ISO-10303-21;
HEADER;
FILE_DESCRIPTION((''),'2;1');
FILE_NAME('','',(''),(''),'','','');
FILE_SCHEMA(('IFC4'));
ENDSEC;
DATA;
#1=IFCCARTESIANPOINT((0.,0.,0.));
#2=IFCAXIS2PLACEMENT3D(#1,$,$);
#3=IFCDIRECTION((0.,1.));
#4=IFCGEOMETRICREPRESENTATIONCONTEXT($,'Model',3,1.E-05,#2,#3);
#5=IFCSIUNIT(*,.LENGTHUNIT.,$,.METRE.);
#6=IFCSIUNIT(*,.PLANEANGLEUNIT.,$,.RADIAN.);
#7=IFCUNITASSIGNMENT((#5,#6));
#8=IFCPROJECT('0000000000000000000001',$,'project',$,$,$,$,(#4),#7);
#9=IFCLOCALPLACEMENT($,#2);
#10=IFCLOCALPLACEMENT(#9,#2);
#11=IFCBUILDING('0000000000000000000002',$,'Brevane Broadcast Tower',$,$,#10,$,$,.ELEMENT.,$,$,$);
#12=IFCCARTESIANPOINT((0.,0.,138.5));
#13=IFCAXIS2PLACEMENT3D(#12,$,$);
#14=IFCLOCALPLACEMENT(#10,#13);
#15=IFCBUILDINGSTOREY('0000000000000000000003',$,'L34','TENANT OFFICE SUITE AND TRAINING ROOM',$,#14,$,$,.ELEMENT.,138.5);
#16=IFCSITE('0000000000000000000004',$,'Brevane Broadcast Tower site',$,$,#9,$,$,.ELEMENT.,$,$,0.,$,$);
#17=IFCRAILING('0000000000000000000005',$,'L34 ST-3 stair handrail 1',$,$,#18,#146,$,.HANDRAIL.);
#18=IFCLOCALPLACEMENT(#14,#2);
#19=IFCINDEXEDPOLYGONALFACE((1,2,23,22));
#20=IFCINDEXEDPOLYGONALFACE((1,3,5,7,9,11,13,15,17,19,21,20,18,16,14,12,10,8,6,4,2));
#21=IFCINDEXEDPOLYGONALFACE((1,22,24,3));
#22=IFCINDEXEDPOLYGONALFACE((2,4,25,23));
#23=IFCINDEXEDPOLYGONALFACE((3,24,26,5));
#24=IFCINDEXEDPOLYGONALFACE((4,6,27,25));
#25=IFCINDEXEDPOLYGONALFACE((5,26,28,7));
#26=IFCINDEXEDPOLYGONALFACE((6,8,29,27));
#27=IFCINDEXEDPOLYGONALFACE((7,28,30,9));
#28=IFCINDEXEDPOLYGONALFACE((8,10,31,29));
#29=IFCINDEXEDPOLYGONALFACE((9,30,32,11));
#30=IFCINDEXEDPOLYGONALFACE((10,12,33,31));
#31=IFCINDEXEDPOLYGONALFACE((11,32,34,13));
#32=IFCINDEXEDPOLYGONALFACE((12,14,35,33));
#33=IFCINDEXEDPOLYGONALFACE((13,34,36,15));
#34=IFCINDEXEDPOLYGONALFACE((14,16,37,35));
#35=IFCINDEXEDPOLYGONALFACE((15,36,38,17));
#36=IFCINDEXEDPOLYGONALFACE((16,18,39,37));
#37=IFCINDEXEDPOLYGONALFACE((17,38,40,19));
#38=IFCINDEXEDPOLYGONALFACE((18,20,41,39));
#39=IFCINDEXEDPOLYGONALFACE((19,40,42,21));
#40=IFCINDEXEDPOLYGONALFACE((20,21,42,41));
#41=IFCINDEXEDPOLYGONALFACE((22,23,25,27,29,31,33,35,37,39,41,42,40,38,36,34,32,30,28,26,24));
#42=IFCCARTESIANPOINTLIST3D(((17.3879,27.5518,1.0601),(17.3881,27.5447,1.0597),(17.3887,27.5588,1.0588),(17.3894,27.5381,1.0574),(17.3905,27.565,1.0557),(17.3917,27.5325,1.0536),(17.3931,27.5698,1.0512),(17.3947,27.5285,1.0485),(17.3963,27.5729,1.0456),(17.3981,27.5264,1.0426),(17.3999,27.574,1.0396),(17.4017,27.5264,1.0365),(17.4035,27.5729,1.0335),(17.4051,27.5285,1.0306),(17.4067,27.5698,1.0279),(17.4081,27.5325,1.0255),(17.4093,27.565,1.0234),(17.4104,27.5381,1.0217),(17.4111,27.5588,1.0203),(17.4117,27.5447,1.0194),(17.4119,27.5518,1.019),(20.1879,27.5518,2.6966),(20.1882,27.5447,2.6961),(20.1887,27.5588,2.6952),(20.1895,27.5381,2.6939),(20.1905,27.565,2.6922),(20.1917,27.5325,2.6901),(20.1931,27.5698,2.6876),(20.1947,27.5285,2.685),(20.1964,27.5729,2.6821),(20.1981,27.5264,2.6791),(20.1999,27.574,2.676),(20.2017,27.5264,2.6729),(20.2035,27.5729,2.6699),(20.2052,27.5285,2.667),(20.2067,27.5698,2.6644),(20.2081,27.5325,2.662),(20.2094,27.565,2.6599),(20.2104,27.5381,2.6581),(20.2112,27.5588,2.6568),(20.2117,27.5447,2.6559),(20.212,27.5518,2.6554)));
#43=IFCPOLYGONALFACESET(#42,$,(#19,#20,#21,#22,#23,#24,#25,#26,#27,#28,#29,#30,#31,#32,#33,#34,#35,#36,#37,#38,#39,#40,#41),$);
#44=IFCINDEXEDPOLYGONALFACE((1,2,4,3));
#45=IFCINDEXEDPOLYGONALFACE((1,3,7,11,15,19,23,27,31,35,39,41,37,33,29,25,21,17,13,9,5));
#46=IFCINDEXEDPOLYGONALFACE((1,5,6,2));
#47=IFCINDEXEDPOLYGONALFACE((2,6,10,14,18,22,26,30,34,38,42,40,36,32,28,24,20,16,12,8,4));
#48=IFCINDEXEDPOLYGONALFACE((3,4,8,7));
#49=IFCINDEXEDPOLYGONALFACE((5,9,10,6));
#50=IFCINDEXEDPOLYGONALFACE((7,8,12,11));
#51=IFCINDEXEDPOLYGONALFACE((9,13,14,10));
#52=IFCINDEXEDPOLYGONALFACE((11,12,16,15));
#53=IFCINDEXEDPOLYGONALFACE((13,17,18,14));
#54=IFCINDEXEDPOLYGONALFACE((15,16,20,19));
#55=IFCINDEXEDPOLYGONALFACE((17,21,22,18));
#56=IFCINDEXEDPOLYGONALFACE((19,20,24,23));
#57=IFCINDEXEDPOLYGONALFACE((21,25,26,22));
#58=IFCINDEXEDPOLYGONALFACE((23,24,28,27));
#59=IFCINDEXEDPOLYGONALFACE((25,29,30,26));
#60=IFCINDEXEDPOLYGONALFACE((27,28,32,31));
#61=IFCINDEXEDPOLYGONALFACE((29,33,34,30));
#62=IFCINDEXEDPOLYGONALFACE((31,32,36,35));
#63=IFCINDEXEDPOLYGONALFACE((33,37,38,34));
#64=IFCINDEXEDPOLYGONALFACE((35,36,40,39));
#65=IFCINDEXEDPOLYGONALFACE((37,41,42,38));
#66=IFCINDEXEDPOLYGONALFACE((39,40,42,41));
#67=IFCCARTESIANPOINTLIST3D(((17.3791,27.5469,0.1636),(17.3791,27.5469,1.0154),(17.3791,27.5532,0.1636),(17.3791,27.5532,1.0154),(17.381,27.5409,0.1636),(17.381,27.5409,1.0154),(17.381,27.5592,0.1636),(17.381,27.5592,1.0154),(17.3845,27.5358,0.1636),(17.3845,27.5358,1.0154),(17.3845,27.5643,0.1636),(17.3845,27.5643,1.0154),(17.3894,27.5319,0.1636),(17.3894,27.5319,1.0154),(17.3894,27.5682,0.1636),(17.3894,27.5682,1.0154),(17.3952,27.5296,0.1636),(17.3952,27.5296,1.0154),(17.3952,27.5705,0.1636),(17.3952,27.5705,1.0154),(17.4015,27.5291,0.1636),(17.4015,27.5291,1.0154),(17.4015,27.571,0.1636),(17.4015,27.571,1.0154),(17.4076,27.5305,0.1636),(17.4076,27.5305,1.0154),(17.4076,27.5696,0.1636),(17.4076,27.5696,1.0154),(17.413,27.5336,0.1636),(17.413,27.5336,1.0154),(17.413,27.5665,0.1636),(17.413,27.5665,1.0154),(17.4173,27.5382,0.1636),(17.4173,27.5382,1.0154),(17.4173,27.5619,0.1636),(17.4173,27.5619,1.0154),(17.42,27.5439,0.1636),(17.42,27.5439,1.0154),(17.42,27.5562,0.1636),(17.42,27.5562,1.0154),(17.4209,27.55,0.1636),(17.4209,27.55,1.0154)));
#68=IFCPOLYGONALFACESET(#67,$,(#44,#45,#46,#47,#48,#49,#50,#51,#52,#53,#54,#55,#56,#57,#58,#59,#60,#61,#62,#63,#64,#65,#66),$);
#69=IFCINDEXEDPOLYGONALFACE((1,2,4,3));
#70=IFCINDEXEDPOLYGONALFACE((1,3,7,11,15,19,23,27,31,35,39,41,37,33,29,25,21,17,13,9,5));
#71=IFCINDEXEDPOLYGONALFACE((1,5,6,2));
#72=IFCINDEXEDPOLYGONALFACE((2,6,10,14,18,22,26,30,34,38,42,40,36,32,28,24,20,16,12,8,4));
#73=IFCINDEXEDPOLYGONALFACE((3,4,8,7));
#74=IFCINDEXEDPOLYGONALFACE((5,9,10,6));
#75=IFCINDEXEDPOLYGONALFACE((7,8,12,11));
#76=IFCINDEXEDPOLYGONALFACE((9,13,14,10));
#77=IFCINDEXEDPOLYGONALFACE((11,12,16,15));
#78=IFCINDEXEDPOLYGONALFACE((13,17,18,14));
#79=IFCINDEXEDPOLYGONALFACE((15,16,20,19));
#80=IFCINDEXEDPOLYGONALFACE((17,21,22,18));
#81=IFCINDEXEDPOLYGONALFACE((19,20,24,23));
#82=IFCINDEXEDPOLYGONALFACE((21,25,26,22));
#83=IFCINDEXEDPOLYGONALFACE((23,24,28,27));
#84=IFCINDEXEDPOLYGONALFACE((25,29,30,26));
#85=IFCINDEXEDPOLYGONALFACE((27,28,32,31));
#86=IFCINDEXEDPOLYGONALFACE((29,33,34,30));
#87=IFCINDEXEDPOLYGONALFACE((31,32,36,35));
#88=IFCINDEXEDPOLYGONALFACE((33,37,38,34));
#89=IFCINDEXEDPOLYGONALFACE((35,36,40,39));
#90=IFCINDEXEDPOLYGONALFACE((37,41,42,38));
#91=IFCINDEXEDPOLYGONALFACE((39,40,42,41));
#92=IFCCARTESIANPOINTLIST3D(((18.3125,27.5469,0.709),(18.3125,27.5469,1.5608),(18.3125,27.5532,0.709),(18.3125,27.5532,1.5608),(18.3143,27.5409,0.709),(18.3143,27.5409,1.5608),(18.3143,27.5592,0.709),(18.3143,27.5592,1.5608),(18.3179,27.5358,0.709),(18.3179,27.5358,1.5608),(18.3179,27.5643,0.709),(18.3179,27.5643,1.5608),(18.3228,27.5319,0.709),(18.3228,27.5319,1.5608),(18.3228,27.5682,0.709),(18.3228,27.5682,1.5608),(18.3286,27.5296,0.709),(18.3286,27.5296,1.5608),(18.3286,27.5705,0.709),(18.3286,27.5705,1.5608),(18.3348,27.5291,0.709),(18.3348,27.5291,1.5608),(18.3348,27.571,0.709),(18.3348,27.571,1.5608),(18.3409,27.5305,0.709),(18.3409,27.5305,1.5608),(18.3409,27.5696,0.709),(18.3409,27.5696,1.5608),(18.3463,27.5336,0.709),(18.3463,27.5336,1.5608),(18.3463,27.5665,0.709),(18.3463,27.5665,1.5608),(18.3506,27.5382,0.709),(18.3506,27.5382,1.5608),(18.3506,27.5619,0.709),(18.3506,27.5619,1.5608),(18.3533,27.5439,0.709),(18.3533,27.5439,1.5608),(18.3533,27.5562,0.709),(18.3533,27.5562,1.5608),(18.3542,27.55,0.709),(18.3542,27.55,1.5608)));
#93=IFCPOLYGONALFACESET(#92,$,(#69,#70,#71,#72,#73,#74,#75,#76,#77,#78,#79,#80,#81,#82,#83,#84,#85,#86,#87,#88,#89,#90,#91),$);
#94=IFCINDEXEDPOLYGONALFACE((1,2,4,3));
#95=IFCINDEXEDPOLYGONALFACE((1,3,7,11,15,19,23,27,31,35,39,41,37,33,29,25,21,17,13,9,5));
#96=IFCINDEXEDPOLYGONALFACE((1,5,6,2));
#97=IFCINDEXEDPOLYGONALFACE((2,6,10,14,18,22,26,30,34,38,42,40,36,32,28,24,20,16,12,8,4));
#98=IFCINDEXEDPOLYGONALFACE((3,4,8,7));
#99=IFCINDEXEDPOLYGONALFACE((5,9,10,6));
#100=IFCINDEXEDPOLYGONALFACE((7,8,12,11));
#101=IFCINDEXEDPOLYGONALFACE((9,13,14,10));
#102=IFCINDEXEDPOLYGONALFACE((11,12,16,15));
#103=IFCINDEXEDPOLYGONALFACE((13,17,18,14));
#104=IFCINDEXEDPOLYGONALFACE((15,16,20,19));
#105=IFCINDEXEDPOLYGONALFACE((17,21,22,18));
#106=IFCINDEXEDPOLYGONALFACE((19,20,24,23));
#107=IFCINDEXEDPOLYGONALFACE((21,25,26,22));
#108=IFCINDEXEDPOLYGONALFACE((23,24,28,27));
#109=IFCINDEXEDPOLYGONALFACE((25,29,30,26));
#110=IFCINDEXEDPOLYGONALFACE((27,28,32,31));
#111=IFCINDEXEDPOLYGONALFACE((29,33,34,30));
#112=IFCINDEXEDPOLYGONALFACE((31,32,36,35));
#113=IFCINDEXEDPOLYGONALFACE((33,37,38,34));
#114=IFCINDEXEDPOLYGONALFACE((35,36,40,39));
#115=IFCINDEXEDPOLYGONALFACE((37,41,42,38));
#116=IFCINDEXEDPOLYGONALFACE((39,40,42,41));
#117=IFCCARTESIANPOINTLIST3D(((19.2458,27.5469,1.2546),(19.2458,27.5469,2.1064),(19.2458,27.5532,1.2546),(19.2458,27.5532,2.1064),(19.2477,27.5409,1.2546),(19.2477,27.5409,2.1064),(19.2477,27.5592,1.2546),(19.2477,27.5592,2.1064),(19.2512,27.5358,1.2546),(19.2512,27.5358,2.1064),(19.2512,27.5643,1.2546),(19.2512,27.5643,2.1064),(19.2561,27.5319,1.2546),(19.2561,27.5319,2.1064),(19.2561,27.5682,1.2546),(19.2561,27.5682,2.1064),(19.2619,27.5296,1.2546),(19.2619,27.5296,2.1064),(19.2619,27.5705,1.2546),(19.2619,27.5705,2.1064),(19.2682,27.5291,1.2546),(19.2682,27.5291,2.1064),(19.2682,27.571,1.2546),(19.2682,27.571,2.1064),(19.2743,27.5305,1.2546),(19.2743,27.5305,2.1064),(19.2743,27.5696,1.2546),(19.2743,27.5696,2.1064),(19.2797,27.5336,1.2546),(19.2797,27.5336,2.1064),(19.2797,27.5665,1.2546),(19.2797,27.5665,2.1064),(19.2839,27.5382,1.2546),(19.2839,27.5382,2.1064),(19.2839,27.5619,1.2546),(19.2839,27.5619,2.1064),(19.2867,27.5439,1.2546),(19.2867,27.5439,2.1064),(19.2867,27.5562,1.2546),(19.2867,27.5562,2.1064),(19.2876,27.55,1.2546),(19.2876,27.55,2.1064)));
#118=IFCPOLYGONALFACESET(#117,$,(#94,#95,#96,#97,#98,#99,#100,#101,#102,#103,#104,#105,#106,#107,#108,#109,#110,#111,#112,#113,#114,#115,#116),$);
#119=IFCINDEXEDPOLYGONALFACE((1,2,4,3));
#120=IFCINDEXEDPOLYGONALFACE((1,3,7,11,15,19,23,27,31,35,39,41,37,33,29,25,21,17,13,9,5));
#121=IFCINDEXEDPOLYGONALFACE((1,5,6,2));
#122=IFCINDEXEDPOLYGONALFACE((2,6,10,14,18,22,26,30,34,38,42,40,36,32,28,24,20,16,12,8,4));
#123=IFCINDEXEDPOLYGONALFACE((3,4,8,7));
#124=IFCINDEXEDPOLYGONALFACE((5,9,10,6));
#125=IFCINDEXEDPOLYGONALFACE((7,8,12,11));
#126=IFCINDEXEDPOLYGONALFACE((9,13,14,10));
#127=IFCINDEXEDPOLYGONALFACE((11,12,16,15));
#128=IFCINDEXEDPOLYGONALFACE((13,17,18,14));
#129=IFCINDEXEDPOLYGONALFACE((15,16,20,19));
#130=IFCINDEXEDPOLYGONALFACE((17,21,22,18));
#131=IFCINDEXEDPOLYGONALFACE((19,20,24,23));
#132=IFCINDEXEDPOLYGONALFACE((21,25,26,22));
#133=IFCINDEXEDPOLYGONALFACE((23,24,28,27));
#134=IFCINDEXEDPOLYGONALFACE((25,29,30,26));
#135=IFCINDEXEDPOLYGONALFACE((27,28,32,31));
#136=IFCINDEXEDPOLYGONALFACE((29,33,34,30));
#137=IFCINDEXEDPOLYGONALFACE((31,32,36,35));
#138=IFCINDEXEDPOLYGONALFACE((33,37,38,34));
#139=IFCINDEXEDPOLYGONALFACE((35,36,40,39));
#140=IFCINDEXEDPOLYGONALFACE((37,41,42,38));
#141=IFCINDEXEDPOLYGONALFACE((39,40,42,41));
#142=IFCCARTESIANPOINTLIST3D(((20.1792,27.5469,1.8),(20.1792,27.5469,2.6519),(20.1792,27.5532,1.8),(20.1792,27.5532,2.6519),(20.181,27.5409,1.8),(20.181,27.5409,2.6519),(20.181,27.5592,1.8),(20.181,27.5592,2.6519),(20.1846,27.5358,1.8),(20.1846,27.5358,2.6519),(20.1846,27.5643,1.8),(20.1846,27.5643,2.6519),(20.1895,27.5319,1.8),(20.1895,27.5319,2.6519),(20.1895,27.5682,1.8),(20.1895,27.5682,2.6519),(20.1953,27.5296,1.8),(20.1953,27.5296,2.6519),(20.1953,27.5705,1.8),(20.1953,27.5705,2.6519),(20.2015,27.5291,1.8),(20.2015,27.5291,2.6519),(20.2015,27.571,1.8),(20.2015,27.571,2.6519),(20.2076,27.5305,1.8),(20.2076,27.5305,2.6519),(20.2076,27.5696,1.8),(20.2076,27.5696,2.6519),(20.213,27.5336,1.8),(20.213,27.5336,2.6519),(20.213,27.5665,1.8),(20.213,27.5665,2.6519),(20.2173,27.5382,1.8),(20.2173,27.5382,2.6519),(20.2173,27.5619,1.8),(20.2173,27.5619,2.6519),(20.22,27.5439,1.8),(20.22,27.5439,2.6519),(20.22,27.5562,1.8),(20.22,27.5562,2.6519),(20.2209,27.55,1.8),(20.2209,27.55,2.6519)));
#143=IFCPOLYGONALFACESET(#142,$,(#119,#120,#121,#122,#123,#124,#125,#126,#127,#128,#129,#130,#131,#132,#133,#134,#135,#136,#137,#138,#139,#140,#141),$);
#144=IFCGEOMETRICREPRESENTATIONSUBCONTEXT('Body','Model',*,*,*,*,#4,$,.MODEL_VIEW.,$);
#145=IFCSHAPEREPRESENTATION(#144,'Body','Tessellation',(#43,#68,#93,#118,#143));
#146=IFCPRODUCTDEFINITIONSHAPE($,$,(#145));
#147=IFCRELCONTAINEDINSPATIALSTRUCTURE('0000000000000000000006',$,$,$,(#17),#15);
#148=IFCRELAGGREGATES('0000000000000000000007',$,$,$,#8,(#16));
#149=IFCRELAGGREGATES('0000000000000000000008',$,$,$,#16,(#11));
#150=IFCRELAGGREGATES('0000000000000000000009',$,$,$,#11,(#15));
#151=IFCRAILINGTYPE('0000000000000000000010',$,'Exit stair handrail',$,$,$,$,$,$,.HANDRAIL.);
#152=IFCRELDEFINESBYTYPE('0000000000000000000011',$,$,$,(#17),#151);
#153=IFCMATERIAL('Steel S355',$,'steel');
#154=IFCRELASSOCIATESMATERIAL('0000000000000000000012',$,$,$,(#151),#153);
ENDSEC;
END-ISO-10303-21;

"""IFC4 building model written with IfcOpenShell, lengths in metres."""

from ifc_helpers import new_model, si_unit, direction, frame, origin, origin_2d, place, context, subcontext, project, spatial, circle, extrude, material, type_object, element, save


model = new_model("IFC4")

# Units and contexts
model_context = context("Model", 3, precision=1e-05, world=origin(), true_north=direction((0.0, 1.0)))
body_context = subcontext(model_context, "Body", "Model", "MODEL_VIEW")
ifc_project = project(units=[si_unit("LENGTHUNIT", "METRE"), si_unit("PLANEANGLEUNIT", "RADIAN")], contexts=[model_context])

# Site, building, storey
site_placement = place(None, origin())
site = spatial("IfcSite", under=ifc_project, at=site_placement, Name="Brevane Broadcast Tower site", CompositionType="ELEMENT", RefElevation=0.0)
building_placement = place(site_placement, origin())
building = spatial("IfcBuilding", under=site, at=building_placement, Name="Brevane Broadcast Tower", CompositionType="ELEMENT")
storey_placement = place(building_placement, frame((0.0, 0.0, 138.5)))
storey = spatial("IfcBuildingStorey", under=building, at=storey_placement, Name="L34", Description="TENANT OFFICE SUITE AND TRAINING ROOM", CompositionType="ELEMENT", Elevation=138.5)

# Railing
ifc_material_1 = material(Name="Steel S355", Category="steel")
railing_type_1 = type_object("IfcRailingType", Name="Exit stair handrail", PredefinedType="HANDRAIL", material=ifc_material_1)
railing_1_placement = place(storey_placement, frame((17.3999, 27.55, 0.1636)))
element("IfcRailing", 1, at=railing_1_placement, inside=storey, type_object=railing_type_1, Name="L34 ST-3 stair handrail 1", PredefinedType="HANDRAIL", context=body_context, shape_type="SweptSolid", body=[
    extrude(circle(Radius=0.0239, at=origin_2d()), frame((0.0, 0.0, 0.876), z_axis=(0.863361, 0.0, 0.504587), x_axis=(0.0, 1.0, 0.0)), (0.0, 0.0, 1.0), 3.2432),
    extrude(circle(Radius=0.021, at=origin_2d()), origin(), (0.0, 0.0, 1.0), 0.8518),
    extrude(circle(Radius=0.021, at=origin_2d()), frame((0.9333, 0.0, 0.5454)), (0.0, 0.0, 1.0), 0.8518),
    extrude(circle(Radius=0.021, at=origin_2d()), frame((1.8667, 0.0, 1.0911)), (0.0, 0.0, 1.0), 0.8518),
    extrude(circle(Radius=0.021, at=origin_2d()), frame((2.8, 0.0, 1.6365)), (0.0, 0.0, 1.0), 0.8518),
])

save(model, "model.ifc")
